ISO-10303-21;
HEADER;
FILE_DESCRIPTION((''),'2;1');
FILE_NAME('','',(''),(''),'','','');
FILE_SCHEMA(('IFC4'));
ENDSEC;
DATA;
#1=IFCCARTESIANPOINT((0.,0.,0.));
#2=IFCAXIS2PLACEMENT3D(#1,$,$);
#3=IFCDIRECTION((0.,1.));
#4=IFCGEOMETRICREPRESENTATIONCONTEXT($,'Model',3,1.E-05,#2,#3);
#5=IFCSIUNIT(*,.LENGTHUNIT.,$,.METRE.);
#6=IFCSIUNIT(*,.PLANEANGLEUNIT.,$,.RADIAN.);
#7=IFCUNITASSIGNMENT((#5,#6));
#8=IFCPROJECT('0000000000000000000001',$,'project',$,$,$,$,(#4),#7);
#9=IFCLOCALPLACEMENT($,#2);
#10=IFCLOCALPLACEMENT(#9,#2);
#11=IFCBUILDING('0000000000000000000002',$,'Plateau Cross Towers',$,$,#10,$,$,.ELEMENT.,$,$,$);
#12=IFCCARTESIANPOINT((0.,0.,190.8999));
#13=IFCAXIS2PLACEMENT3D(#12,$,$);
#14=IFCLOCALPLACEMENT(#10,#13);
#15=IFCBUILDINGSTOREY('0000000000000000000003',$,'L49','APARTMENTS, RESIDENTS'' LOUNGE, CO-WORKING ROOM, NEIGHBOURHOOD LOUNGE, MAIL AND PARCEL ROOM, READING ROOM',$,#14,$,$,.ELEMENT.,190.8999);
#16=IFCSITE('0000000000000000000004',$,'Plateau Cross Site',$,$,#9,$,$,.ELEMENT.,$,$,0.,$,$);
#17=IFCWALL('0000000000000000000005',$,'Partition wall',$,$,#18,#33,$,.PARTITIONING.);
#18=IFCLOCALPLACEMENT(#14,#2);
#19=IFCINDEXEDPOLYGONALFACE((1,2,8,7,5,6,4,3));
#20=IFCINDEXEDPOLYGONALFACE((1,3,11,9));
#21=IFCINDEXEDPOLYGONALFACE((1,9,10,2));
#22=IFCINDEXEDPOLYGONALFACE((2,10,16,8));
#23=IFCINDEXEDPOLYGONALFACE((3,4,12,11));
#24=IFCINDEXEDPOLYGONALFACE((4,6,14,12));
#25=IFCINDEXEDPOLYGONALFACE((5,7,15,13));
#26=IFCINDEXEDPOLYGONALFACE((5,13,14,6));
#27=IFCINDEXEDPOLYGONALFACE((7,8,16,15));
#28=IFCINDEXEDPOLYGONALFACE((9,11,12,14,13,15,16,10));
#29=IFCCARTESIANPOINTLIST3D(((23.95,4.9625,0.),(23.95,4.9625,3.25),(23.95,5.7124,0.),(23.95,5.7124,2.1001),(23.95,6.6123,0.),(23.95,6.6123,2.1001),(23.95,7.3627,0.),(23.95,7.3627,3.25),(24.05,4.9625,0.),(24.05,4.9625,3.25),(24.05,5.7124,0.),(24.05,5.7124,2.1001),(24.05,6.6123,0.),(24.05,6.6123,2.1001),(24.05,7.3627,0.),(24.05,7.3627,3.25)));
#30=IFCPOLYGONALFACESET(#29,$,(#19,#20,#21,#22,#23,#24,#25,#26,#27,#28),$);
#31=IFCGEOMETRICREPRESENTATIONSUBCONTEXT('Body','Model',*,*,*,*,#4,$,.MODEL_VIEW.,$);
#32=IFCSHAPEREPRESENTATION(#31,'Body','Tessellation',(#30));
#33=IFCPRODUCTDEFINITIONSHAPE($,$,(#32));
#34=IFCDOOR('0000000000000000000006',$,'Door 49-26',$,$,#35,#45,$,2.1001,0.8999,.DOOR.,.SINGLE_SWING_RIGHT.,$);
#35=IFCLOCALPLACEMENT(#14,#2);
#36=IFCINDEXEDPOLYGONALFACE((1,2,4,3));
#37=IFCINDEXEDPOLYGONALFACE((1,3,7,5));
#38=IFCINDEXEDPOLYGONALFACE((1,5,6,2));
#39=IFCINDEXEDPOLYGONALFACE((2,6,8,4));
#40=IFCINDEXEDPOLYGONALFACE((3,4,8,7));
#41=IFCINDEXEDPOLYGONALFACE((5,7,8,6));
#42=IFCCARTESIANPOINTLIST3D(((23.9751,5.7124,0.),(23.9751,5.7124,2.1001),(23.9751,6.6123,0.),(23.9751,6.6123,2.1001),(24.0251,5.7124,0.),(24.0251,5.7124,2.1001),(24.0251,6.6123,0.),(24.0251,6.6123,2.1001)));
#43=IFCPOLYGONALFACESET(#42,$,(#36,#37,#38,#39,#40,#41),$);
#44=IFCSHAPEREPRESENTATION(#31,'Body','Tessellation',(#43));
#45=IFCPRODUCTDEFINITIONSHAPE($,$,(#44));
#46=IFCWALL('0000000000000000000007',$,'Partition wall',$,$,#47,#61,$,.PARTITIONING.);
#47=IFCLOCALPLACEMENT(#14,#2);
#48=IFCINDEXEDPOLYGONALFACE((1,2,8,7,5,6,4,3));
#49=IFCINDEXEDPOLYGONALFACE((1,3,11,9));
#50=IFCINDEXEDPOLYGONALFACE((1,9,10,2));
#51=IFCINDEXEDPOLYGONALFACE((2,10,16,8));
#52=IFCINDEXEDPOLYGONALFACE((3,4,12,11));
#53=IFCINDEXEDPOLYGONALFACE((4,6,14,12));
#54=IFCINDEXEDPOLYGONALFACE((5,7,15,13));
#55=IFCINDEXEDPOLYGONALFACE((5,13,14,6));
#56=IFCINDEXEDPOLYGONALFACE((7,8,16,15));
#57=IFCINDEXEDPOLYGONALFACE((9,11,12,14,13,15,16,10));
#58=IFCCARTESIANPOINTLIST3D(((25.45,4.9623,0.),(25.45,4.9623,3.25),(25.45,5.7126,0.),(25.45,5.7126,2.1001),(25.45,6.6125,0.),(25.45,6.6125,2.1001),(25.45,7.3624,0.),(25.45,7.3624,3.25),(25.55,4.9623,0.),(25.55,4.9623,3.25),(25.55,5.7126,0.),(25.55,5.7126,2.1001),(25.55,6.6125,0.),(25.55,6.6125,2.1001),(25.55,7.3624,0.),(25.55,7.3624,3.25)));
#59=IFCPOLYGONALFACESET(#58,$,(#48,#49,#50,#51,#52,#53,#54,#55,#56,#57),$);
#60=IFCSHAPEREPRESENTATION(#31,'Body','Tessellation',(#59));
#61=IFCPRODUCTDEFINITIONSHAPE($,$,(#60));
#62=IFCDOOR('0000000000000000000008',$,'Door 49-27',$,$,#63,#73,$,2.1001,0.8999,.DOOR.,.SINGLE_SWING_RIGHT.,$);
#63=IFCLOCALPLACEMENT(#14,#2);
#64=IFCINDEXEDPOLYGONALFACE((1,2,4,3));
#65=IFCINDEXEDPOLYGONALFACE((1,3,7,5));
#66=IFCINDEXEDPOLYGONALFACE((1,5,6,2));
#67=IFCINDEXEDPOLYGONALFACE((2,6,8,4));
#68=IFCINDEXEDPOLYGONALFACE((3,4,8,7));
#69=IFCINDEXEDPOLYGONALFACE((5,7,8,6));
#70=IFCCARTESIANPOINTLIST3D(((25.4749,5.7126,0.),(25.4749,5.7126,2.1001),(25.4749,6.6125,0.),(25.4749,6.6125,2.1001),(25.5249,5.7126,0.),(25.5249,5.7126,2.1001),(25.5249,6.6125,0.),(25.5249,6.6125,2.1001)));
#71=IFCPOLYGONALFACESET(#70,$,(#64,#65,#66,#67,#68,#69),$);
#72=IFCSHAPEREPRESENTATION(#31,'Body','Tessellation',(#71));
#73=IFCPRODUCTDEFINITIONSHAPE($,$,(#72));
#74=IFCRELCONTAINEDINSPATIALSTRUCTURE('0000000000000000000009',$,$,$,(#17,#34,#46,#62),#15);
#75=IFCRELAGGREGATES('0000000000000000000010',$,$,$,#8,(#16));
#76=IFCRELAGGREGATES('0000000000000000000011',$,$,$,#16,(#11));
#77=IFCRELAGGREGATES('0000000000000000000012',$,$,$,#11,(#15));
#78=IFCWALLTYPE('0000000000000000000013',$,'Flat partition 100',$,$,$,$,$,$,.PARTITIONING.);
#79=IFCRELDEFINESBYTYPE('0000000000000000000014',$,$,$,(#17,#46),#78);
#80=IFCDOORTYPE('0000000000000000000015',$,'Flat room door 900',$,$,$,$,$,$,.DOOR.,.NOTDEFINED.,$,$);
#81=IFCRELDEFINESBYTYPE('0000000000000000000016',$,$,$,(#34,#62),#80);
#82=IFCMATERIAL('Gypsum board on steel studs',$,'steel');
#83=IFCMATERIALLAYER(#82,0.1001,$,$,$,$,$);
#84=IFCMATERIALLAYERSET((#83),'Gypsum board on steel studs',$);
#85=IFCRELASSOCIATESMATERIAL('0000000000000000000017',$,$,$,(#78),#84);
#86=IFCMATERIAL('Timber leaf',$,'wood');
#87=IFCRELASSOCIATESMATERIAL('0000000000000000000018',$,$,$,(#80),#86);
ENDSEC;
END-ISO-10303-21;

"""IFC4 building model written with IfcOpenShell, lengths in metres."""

from ifc_helpers import new_model, si_unit, direction, frame, frame_2d, origin, place, context, subcontext, project, spatial, rectangle, extrude, material, layer, layer_set, type_object, element, fill, save


model = new_model("IFC4")

# Units and contexts
model_context = context("Model", 3, precision=1e-05, world=origin(), true_north=direction((0.0, 1.0)))
body_context = subcontext(model_context, "Body", "Model", "MODEL_VIEW")
ifc_project = project(units=[si_unit("LENGTHUNIT", "METRE"), si_unit("PLANEANGLEUNIT", "RADIAN")], contexts=[model_context])

# Site, building, storey
site_placement = place(None, origin())
site = spatial("IfcSite", under=ifc_project, at=site_placement, Name="Plateau Cross Site", CompositionType="ELEMENT", RefElevation=0.0)
building_placement = place(site_placement, origin())
building = spatial("IfcBuilding", under=site, at=building_placement, Name="Plateau Cross Towers", CompositionType="ELEMENT")
storey_placement = place(building_placement, frame((0.0, 0.0, 190.8999)))
storey = spatial("IfcBuildingStorey", under=building, at=storey_placement, Name="L49", Description="APARTMENTS, RESIDENTS' LOUNGE, CO-WORKING ROOM, NEIGHBOURHOOD LOUNGE, MAIL AND PARCEL ROOM, READING ROOM", CompositionType="ELEMENT", Elevation=190.8999)

# Shared definitions
ifc_material_1 = material(Name="Gypsum board on steel studs", Category="steel")
ifc_layer_1 = layer(ifc_material_1, 0.1001)
ifc_layer_set_1 = layer_set([ifc_layer_1], Name="Gypsum board on steel studs")
wall_type_1 = type_object("IfcWallType", Name="Flat partition 100", PredefinedType="PARTITIONING", material=ifc_layer_set_1)

# Walls, openings, doors
wall_1_placement = place(storey_placement, frame((24.0, 4.9624, 0.0), z_axis=(0.0, 0.0, 1.0), x_axis=(0.0, 1.0, 0.0)))
wall_1 = element("IfcWall", 1, at=wall_1_placement, inside=storey, type_object=wall_type_1, Name="Partition wall", PredefinedType="PARTITIONING", context=body_context, shape_type="SweptSolid", body=[
    extrude(rectangle(XDim=2.4001, YDim=0.1001, at=frame_2d((1.2002, 0.0))), origin(), (0.0, 0.0, 1.0), 3.25),
])
opening_1_placement = place(wall_1_placement, frame((0.75, 0.0, 0.0)))
opening_1 = element("IfcOpeningElement", 2, at=opening_1_placement, cuts=wall_1, PredefinedType="OPENING", context=body_context, shape_type="SweptSolid", body=[
    extrude(rectangle(XDim=0.8999, YDim=2.1001, at=frame_2d((0.45, 1.05))), frame((0.0, 0.0601, 0.0), z_axis=(0.0, -1.0, 0.0), x_axis=(1.0, 0.0, 0.0)), (0.0, 0.0, 1.0), 0.1201),
])
ifc_material_2 = material(Name="Timber leaf", Category="wood")
door_type_1 = type_object("IfcDoorType", Name="Flat room door 900", OperationType="NOTDEFINED", PredefinedType="DOOR", material=ifc_material_2)
door_1_placement = place(opening_1_placement, origin())
door_1 = element("IfcDoor", 3, at=door_1_placement, inside=storey, type_object=door_type_1, Name="Door 49-26", OperationType="SINGLE_SWING_RIGHT", OverallHeight=2.1001, OverallWidth=0.8999, PredefinedType="DOOR", context=body_context, shape_type="SweptSolid", body=[
    extrude(rectangle(XDim=0.8999, YDim=2.1001, at=frame_2d((0.45, 1.05))), frame((0.0, 0.0249, 0.0), z_axis=(0.0, -1.0, 0.0), x_axis=(1.0, 0.0, 0.0)), (0.0, 0.0, 1.0), 0.05),
])
fill(opening_1, door_1)
wall_2_placement = place(storey_placement, frame((25.5, 7.3625, 0.0), z_axis=(0.0, 0.0, 1.0), x_axis=(0.0, -1.0, 0.0)))
wall_2 = element("IfcWall", 4, at=wall_2_placement, inside=storey, type_object=wall_type_1, Name="Partition wall", PredefinedType="PARTITIONING", context=body_context, shape_type="SweptSolid", body=[
    extrude(rectangle(XDim=2.4001, YDim=0.1001, at=frame_2d((1.2002, 0.0))), origin(), (0.0, 0.0, 1.0), 3.25),
])
opening_2_placement = place(wall_2_placement, frame((0.75, 0.0, 0.0)))
opening_2 = element("IfcOpeningElement", 5, at=opening_2_placement, cuts=wall_2, PredefinedType="OPENING", context=body_context, shape_type="SweptSolid", body=[
    extrude(rectangle(XDim=0.8999, YDim=2.1001, at=frame_2d((0.45, 1.05))), frame((0.0, 0.0601, 0.0), z_axis=(0.0, -1.0, 0.0), x_axis=(1.0, 0.0, 0.0)), (0.0, 0.0, 1.0), 0.1201),
])
door_2_placement = place(opening_2_placement, origin())
door_2 = element("IfcDoor", 6, at=door_2_placement, inside=storey, type_object=door_type_1, Name="Door 49-27", OperationType="SINGLE_SWING_RIGHT", OverallHeight=2.1001, OverallWidth=0.8999, PredefinedType="DOOR", context=body_context, shape_type="SweptSolid", body=[
    extrude(rectangle(XDim=0.8999, YDim=2.1001, at=frame_2d((0.45, 1.05))), frame((0.0, 0.0249, 0.0), z_axis=(0.0, -1.0, 0.0), x_axis=(1.0, 0.0, 0.0)), (0.0, 0.0, 1.0), 0.05),
])
fill(opening_2, door_2)

save(model, "model.ifc")
